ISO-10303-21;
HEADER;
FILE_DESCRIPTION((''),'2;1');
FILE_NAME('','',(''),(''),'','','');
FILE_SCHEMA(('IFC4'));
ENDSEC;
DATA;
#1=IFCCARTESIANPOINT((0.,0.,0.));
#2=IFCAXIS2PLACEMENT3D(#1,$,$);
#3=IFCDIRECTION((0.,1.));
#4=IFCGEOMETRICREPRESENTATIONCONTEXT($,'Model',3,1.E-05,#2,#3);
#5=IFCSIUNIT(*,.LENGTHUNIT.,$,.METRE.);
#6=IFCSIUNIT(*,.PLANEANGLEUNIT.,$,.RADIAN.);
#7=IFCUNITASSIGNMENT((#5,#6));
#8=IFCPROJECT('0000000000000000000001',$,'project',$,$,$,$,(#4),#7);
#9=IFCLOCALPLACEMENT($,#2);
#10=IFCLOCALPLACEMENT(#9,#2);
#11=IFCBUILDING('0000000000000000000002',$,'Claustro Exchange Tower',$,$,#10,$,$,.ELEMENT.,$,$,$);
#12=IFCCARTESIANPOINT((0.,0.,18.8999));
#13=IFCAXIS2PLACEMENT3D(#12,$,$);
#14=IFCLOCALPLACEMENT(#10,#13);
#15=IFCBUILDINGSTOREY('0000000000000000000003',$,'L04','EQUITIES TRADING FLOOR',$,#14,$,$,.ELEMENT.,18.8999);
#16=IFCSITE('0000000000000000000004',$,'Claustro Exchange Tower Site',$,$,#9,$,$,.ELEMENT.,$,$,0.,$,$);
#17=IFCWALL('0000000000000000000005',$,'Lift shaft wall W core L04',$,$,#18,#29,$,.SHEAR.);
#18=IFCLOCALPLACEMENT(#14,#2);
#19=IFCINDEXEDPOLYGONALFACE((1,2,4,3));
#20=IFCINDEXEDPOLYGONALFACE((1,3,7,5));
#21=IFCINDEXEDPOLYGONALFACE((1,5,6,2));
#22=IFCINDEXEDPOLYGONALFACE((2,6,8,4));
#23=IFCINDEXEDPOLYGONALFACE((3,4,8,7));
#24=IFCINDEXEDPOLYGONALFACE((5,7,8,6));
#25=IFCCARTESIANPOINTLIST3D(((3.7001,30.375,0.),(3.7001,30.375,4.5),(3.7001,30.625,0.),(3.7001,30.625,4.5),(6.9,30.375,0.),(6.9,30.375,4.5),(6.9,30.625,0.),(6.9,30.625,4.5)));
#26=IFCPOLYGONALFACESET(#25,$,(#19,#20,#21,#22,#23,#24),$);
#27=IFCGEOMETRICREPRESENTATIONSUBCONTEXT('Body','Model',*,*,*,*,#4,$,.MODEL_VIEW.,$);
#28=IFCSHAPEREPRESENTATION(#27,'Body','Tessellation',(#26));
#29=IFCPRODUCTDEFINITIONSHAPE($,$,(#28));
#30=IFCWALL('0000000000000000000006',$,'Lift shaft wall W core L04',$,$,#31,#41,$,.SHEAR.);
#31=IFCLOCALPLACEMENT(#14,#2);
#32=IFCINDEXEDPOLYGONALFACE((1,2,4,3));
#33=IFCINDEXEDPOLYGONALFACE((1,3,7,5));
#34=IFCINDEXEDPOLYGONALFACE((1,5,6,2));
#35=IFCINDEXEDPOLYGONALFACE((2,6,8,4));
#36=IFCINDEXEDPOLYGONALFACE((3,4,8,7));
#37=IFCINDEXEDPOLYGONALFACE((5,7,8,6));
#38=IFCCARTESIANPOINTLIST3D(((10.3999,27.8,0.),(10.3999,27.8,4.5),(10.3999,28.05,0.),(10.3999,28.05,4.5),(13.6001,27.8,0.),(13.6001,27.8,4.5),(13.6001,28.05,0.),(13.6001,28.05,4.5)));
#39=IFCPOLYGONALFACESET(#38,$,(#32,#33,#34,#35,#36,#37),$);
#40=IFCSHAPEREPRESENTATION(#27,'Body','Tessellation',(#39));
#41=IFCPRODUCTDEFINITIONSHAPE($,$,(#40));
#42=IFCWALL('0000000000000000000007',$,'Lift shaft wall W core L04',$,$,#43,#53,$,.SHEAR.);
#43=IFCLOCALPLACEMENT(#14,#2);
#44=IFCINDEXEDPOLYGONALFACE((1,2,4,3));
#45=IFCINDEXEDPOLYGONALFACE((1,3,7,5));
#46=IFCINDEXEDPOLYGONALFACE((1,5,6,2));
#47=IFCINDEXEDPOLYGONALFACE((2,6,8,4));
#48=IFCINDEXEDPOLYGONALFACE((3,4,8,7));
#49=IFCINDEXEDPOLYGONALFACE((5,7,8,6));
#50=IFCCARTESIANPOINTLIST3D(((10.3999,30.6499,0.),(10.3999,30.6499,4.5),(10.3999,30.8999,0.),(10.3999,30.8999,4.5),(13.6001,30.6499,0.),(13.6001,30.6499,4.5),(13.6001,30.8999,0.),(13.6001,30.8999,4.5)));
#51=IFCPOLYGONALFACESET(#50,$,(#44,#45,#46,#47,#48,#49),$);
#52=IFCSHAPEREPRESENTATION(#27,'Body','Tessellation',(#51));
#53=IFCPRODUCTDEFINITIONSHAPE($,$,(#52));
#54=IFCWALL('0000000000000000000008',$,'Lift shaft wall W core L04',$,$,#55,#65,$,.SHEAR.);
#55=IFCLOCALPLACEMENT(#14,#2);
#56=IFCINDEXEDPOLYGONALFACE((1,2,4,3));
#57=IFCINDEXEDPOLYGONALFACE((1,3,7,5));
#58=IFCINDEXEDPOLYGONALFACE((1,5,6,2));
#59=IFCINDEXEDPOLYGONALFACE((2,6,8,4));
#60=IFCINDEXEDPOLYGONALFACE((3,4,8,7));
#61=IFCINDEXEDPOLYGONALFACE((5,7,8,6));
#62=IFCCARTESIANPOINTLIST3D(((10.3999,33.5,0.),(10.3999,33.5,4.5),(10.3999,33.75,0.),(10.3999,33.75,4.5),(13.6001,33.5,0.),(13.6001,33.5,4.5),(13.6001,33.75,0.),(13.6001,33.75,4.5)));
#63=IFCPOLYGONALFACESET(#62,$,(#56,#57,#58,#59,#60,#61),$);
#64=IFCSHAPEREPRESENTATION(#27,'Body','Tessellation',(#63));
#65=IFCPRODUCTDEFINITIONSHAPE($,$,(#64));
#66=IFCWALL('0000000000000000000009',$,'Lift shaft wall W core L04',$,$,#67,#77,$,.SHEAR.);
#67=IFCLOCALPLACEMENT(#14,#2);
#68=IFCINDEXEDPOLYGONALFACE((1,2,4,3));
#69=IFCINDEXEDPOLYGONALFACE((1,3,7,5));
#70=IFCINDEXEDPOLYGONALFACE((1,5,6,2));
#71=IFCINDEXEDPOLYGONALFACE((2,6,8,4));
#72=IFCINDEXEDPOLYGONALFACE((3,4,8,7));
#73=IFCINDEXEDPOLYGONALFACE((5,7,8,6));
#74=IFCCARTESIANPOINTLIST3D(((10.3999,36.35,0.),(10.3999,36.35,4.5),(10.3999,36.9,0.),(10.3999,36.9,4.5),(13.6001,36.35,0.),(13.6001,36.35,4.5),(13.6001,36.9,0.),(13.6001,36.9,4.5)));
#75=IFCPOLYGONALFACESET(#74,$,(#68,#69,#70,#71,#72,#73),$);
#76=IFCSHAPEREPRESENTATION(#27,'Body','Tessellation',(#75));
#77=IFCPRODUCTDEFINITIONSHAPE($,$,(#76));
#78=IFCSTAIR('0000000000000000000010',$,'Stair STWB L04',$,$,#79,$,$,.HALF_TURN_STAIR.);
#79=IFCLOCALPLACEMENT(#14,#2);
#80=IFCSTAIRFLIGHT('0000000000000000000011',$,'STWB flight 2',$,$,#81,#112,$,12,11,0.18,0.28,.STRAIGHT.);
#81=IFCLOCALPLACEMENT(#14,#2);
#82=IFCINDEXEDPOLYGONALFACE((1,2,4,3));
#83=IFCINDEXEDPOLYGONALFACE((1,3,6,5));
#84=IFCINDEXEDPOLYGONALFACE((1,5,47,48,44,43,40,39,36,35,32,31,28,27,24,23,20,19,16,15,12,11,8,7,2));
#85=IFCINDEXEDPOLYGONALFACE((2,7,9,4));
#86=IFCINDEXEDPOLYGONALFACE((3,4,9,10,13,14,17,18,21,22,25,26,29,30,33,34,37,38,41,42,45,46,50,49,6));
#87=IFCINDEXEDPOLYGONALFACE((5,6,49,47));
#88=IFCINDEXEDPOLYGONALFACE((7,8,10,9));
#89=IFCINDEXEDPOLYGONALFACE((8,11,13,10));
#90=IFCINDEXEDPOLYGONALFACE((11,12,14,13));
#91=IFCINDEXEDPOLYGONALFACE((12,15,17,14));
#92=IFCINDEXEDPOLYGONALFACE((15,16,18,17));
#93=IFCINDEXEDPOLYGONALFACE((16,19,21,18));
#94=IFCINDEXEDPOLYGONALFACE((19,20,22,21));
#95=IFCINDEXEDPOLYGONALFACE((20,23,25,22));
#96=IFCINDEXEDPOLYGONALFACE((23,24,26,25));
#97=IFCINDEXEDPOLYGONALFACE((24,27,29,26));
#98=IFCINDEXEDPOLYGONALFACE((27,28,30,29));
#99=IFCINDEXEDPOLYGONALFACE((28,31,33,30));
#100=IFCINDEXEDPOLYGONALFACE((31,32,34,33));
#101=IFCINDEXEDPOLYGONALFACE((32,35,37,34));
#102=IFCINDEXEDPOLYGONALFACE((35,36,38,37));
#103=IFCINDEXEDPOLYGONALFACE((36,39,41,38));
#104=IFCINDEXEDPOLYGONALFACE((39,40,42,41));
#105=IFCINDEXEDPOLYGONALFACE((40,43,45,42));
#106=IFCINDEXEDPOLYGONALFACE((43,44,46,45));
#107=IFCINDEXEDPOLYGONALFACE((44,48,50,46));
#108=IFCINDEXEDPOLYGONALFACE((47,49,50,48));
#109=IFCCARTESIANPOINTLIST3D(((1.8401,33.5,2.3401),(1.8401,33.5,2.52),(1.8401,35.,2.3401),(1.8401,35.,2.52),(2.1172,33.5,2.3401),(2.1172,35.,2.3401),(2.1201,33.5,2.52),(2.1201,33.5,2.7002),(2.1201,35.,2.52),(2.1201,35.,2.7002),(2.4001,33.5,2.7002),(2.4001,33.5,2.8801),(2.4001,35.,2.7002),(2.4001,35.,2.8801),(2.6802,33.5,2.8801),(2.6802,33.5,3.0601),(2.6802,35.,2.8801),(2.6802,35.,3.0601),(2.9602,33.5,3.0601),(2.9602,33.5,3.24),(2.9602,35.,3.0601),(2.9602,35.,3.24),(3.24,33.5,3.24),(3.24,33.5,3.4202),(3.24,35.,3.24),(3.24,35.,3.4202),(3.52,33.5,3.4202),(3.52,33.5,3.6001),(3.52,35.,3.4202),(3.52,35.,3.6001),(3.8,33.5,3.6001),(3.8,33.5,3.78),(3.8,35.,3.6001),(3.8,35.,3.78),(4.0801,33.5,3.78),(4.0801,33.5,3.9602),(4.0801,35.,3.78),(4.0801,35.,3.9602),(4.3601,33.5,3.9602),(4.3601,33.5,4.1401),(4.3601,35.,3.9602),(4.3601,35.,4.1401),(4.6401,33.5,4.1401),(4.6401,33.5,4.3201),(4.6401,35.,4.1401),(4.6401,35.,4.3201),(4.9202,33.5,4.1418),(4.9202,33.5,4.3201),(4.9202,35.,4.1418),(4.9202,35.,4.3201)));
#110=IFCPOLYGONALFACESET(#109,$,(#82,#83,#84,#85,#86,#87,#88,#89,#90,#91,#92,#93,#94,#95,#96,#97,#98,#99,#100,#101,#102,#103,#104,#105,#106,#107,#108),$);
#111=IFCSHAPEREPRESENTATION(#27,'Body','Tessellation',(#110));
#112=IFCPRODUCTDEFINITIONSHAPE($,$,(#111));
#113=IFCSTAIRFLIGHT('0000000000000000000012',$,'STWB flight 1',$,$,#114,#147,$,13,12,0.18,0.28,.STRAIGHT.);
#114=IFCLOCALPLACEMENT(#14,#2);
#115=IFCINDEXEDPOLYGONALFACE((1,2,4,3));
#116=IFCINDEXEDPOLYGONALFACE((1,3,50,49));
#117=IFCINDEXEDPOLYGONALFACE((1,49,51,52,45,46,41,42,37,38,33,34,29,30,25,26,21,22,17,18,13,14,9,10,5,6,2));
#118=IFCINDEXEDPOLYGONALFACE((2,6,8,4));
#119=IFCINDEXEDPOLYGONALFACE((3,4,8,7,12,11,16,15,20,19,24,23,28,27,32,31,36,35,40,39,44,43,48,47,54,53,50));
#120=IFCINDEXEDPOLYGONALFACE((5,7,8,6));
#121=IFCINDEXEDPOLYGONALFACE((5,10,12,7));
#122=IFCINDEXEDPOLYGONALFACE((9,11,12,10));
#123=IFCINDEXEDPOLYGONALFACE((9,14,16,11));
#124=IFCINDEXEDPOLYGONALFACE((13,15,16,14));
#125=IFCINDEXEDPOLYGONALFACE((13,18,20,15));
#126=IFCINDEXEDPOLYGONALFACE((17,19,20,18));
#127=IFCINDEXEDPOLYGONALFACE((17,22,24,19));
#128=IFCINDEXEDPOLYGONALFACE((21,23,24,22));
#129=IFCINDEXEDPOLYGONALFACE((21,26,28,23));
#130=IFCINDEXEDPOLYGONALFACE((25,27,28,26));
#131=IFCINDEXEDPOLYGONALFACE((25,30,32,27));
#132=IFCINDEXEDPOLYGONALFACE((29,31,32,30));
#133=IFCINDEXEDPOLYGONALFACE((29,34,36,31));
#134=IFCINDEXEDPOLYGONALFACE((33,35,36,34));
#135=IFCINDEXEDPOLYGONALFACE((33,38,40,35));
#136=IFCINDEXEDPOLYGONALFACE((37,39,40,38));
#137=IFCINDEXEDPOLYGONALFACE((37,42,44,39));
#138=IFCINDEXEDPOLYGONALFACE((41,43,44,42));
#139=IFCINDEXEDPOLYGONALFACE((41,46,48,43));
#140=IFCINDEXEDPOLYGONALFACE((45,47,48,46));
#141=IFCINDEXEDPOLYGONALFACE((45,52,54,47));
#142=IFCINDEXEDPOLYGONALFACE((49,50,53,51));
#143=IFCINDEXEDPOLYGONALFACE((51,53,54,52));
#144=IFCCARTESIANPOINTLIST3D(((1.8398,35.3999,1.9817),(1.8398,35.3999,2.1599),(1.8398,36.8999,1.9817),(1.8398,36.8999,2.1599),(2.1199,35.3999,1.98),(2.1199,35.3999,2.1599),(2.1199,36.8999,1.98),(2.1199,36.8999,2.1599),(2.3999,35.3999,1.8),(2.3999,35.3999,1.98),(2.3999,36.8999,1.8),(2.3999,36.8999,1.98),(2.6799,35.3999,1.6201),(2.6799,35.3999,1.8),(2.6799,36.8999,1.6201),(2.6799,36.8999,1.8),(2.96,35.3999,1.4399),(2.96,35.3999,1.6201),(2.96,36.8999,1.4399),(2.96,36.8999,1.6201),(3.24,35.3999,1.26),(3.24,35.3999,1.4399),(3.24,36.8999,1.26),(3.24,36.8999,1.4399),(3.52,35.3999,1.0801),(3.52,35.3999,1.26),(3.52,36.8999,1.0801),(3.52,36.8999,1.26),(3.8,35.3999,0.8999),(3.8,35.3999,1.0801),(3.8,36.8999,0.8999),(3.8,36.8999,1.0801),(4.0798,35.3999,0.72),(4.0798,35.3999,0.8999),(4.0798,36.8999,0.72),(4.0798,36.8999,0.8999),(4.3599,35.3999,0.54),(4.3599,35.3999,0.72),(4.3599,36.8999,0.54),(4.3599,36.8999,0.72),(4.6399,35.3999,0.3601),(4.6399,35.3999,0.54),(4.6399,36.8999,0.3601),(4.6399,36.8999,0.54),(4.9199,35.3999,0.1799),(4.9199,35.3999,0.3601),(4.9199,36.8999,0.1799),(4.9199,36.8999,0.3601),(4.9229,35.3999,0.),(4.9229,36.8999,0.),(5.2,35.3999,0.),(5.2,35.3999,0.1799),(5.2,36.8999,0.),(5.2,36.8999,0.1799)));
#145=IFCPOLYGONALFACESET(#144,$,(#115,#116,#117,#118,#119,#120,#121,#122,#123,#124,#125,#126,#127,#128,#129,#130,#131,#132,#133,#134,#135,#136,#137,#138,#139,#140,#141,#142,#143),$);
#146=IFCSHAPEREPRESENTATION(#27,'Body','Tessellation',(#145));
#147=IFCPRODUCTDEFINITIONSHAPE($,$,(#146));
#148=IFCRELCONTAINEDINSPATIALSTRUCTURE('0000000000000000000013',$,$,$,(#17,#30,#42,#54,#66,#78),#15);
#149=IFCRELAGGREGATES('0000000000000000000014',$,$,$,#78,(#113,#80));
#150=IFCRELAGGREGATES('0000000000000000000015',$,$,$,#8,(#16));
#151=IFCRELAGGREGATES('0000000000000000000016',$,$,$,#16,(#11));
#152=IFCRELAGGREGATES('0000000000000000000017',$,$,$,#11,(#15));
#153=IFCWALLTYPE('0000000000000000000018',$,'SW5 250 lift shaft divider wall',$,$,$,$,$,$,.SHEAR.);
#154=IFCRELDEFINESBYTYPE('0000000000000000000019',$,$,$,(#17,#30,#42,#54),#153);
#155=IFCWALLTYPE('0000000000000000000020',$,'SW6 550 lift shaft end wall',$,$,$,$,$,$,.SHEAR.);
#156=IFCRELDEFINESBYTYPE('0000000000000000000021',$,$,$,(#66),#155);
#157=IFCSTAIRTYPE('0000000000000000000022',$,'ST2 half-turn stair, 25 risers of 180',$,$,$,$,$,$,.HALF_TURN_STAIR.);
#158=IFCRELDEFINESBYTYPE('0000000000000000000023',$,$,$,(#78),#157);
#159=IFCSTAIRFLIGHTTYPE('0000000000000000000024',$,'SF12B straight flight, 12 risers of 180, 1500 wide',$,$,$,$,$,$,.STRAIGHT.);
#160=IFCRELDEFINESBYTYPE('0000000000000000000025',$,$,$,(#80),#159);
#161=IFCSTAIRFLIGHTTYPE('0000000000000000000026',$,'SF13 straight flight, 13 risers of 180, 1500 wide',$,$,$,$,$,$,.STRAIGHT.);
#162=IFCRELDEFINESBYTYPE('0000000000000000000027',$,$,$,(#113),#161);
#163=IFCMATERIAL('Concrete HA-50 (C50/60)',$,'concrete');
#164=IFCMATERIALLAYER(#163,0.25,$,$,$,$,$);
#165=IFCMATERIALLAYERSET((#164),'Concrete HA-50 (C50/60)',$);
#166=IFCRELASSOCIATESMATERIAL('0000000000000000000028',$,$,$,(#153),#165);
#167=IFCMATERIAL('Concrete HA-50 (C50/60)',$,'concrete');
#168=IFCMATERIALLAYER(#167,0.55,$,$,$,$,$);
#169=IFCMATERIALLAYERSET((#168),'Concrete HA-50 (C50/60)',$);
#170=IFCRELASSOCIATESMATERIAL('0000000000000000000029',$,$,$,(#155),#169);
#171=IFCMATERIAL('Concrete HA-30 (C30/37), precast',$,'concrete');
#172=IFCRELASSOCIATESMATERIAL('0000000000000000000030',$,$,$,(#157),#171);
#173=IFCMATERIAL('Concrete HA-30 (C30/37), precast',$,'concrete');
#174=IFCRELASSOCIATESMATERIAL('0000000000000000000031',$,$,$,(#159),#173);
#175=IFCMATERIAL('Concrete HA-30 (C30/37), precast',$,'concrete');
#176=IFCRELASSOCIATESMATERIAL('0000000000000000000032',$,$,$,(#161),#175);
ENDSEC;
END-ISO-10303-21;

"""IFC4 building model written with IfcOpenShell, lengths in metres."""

from ifc_helpers import new_model, si_unit, direction, frame, frame_2d, origin, place, context, subcontext, project, spatial, polyline, rectangle, outline, extrude, material, layer, layer_set, type_object, element, aggregate, save


model = new_model("IFC4")

# Units and contexts
model_context = context("Model", 3, precision=1e-05, world=origin(), true_north=direction((0.0, 1.0)))
body_context = subcontext(model_context, "Body", "Model", "MODEL_VIEW")
ifc_project = project(units=[si_unit("LENGTHUNIT", "METRE"), si_unit("PLANEANGLEUNIT", "RADIAN")], contexts=[model_context])

# Site, building, storey
site_placement = place(None, origin())
site = spatial("IfcSite", under=ifc_project, at=site_placement, Name="Claustro Exchange Tower Site", CompositionType="ELEMENT", RefElevation=0.0)
building_placement = place(site_placement, origin())
building = spatial("IfcBuilding", under=site, at=building_placement, Name="Claustro Exchange Tower", CompositionType="ELEMENT")
storey_placement = place(building_placement, frame((0.0, 0.0, 18.8999)))
storey = spatial("IfcBuildingStorey", under=building, at=storey_placement, Name="L04", Description="EQUITIES TRADING FLOOR", CompositionType="ELEMENT", Elevation=18.8999)

# Walls
ifc_material_1 = material(Name="Concrete HA-50 (C50/60)", Category="concrete")
ifc_layer_1 = layer(ifc_material_1, 0.25)
ifc_layer_set_1 = layer_set([ifc_layer_1], Name="Concrete HA-50 (C50/60)")
wall_type_1 = type_object("IfcWallType", Name="SW5 250 lift shaft divider wall", PredefinedType="SHEAR", material=ifc_layer_set_1)
wall_1_placement = place(storey_placement, frame((3.7, 30.5, 0.0), z_axis=(0.0, 0.0, 1.0), x_axis=(1.0, 0.0, 0.0)))
element("IfcWall", 1, at=wall_1_placement, inside=storey, type_object=wall_type_1, Name="Lift shaft wall W core L04", PredefinedType="SHEAR", context=body_context, shape_type="SweptSolid", body=[
    extrude(rectangle(XDim=3.2, YDim=0.25, at=frame_2d((1.6001, 0.0))), origin(), (0.0, 0.0, 1.0), 4.5),
])
for number, where, z_axis, x_axis, name in (
    (2, (10.3999, 27.925, 0.0), (0.0, 0.0, 1.0), (1.0, 0.0, 0.0), "Lift shaft wall W core L04"),
    (3, (10.3999, 30.7749, 0.0), (0.0, 0.0, 1.0), (1.0, 0.0, 0.0), "Lift shaft wall W core L04"),
    (4, (10.3999, 33.625, 0.0), (0.0, 0.0, 1.0), (1.0, 0.0, 0.0), "Lift shaft wall W core L04"),
):
    element("IfcWall", number, at=place(storey_placement, frame(where, z_axis=z_axis, x_axis=x_axis)), inside=storey, type_object=wall_type_1, Name=name, PredefinedType="SHEAR", context=body_context, shape_type="SweptSolid", body=[
        extrude(rectangle(XDim=3.2002, YDim=0.25, at=frame_2d((1.6001, 0.0))), origin(), (0.0, 0.0, 1.0), 4.5),
    ])
ifc_material_2 = material(Name="Concrete HA-50 (C50/60)", Category="concrete")
ifc_layer_2 = layer(ifc_material_2, 0.55)
ifc_layer_set_2 = layer_set([ifc_layer_2], Name="Concrete HA-50 (C50/60)")
wall_type_2 = type_object("IfcWallType", Name="SW6 550 lift shaft end wall", PredefinedType="SHEAR", material=ifc_layer_set_2)
wall_2_placement = place(storey_placement, frame((10.3999, 36.625, 0.0), z_axis=(0.0, 0.0, 1.0), x_axis=(1.0, 0.0, 0.0)))
element("IfcWall", 5, at=wall_2_placement, inside=storey, type_object=wall_type_2, Name="Lift shaft wall W core L04", PredefinedType="SHEAR", context=body_context, shape_type="SweptSolid", body=[
    extrude(rectangle(XDim=3.2002, YDim=0.55, at=frame_2d((1.6001, 0.0))), origin(), (0.0, 0.0, 1.0), 4.5),
])

# Stair, stair flights
ifc_material_3 = material(Name="Concrete HA-30 (C30/37), precast", Category="concrete")
stair_type = type_object("IfcStairType", Name="ST2 half-turn stair, 25 risers of 180", PredefinedType="HALF_TURN_STAIR", material=ifc_material_3)
stair_placement = place(storey_placement, origin())
stair = element("IfcStair", 6, at=stair_placement, inside=storey, type_object=stair_type, Name="Stair STWB L04", PredefinedType="HALF_TURN_STAIR")
ifc_material_4 = material(Name="Concrete HA-30 (C30/37), precast", Category="concrete")
stair_flight_type_1 = type_object("IfcStairFlightType", Name="SF12B straight flight, 12 risers of 180, 1500 wide", PredefinedType="STRAIGHT", material=ifc_material_4)
stair_flight_1_placement = place(storey_placement, frame((1.8401, 34.25, 2.3401), z_axis=(0.0, 0.0, 1.0), x_axis=(1.0, 0.0, 0.0)))
stair_flight_1 = element("IfcStairFlight", 7, at=stair_flight_1_placement, type_object=stair_flight_type_1, Name="STWB flight 2", NumberOfRisers=12, NumberOfTreads=11, PredefinedType="STRAIGHT", RiserHeight=0.18, TreadLength=0.28, context=body_context, shape_type="SweptSolid", body=[
    extrude(outline(polyline([(0.0, 0.0), (0.0, 0.1799), (0.28, 0.1799), (0.28, 0.3601), (0.5601, 0.3601), (0.5601, 0.54), (0.8401, 0.54), (0.8401, 0.72), (1.1201, 0.72), (1.1201, 0.8999), (1.3999, 0.8999), (1.3999, 1.0801), (1.6799, 1.0801), (1.6799, 1.26), (1.96, 1.26), (1.96, 1.4399), (2.24, 1.4399), (2.24, 1.6201), (2.52, 1.6201), (2.52, 1.8), (2.8, 1.8), (2.8, 1.98), (3.0801, 1.98), (3.0801, 2.1599), (3.0801, 1.8018), (0.2771, 0.0), (0.0, 0.0)])), frame((0.0, 0.75, 0.0), z_axis=(0.0, -1.0, 0.0), x_axis=(1.0, 0.0, 0.0)), (0.0, 0.0, 1.0), 1.5),
])
ifc_material_5 = material(Name="Concrete HA-30 (C30/37), precast", Category="concrete")
stair_flight_type_2 = type_object("IfcStairFlightType", Name="SF13 straight flight, 13 risers of 180, 1500 wide", PredefinedType="STRAIGHT", material=ifc_material_5)
stair_flight_2_placement = place(storey_placement, frame((5.2, 36.1499, 0.0), z_axis=(0.0, 0.0, 1.0), x_axis=(-1.0, 0.0, 0.0)))
stair_flight_2 = element("IfcStairFlight", 8, at=stair_flight_2_placement, type_object=stair_flight_type_2, Name="STWB flight 1", NumberOfRisers=13, NumberOfTreads=12, PredefinedType="STRAIGHT", RiserHeight=0.18, TreadLength=0.28, context=body_context, shape_type="SweptSolid", body=[
    extrude(outline(polyline([(0.0, 0.0), (0.0, 0.1799), (0.28, 0.1799), (0.28, 0.3601), (0.5601, 0.3601), (0.5601, 0.54), (0.8401, 0.54), (0.8401, 0.72), (1.1201, 0.72), (1.1201, 0.8999), (1.3999, 0.8999), (1.3999, 1.0801), (1.6799, 1.0801), (1.6799, 1.26), (1.96, 1.26), (1.96, 1.4399), (2.24, 1.4399), (2.24, 1.6201), (2.52, 1.6201), (2.52, 1.8), (2.8, 1.8), (2.8, 1.98), (3.0801, 1.98), (3.0801, 2.1599), (3.3601, 2.1599), (3.3601, 2.3401), (3.3601, 1.9817), (0.2771, 0.0), (0.0, 0.0)])), frame((0.0, 0.75, 0.0), z_axis=(0.0, -1.0, 0.0), x_axis=(1.0, 0.0, 0.0)), (0.0, 0.0, 1.0), 1.5),
])
aggregate(stair, [stair_flight_2, stair_flight_1])

save(model, "model.ifc")
